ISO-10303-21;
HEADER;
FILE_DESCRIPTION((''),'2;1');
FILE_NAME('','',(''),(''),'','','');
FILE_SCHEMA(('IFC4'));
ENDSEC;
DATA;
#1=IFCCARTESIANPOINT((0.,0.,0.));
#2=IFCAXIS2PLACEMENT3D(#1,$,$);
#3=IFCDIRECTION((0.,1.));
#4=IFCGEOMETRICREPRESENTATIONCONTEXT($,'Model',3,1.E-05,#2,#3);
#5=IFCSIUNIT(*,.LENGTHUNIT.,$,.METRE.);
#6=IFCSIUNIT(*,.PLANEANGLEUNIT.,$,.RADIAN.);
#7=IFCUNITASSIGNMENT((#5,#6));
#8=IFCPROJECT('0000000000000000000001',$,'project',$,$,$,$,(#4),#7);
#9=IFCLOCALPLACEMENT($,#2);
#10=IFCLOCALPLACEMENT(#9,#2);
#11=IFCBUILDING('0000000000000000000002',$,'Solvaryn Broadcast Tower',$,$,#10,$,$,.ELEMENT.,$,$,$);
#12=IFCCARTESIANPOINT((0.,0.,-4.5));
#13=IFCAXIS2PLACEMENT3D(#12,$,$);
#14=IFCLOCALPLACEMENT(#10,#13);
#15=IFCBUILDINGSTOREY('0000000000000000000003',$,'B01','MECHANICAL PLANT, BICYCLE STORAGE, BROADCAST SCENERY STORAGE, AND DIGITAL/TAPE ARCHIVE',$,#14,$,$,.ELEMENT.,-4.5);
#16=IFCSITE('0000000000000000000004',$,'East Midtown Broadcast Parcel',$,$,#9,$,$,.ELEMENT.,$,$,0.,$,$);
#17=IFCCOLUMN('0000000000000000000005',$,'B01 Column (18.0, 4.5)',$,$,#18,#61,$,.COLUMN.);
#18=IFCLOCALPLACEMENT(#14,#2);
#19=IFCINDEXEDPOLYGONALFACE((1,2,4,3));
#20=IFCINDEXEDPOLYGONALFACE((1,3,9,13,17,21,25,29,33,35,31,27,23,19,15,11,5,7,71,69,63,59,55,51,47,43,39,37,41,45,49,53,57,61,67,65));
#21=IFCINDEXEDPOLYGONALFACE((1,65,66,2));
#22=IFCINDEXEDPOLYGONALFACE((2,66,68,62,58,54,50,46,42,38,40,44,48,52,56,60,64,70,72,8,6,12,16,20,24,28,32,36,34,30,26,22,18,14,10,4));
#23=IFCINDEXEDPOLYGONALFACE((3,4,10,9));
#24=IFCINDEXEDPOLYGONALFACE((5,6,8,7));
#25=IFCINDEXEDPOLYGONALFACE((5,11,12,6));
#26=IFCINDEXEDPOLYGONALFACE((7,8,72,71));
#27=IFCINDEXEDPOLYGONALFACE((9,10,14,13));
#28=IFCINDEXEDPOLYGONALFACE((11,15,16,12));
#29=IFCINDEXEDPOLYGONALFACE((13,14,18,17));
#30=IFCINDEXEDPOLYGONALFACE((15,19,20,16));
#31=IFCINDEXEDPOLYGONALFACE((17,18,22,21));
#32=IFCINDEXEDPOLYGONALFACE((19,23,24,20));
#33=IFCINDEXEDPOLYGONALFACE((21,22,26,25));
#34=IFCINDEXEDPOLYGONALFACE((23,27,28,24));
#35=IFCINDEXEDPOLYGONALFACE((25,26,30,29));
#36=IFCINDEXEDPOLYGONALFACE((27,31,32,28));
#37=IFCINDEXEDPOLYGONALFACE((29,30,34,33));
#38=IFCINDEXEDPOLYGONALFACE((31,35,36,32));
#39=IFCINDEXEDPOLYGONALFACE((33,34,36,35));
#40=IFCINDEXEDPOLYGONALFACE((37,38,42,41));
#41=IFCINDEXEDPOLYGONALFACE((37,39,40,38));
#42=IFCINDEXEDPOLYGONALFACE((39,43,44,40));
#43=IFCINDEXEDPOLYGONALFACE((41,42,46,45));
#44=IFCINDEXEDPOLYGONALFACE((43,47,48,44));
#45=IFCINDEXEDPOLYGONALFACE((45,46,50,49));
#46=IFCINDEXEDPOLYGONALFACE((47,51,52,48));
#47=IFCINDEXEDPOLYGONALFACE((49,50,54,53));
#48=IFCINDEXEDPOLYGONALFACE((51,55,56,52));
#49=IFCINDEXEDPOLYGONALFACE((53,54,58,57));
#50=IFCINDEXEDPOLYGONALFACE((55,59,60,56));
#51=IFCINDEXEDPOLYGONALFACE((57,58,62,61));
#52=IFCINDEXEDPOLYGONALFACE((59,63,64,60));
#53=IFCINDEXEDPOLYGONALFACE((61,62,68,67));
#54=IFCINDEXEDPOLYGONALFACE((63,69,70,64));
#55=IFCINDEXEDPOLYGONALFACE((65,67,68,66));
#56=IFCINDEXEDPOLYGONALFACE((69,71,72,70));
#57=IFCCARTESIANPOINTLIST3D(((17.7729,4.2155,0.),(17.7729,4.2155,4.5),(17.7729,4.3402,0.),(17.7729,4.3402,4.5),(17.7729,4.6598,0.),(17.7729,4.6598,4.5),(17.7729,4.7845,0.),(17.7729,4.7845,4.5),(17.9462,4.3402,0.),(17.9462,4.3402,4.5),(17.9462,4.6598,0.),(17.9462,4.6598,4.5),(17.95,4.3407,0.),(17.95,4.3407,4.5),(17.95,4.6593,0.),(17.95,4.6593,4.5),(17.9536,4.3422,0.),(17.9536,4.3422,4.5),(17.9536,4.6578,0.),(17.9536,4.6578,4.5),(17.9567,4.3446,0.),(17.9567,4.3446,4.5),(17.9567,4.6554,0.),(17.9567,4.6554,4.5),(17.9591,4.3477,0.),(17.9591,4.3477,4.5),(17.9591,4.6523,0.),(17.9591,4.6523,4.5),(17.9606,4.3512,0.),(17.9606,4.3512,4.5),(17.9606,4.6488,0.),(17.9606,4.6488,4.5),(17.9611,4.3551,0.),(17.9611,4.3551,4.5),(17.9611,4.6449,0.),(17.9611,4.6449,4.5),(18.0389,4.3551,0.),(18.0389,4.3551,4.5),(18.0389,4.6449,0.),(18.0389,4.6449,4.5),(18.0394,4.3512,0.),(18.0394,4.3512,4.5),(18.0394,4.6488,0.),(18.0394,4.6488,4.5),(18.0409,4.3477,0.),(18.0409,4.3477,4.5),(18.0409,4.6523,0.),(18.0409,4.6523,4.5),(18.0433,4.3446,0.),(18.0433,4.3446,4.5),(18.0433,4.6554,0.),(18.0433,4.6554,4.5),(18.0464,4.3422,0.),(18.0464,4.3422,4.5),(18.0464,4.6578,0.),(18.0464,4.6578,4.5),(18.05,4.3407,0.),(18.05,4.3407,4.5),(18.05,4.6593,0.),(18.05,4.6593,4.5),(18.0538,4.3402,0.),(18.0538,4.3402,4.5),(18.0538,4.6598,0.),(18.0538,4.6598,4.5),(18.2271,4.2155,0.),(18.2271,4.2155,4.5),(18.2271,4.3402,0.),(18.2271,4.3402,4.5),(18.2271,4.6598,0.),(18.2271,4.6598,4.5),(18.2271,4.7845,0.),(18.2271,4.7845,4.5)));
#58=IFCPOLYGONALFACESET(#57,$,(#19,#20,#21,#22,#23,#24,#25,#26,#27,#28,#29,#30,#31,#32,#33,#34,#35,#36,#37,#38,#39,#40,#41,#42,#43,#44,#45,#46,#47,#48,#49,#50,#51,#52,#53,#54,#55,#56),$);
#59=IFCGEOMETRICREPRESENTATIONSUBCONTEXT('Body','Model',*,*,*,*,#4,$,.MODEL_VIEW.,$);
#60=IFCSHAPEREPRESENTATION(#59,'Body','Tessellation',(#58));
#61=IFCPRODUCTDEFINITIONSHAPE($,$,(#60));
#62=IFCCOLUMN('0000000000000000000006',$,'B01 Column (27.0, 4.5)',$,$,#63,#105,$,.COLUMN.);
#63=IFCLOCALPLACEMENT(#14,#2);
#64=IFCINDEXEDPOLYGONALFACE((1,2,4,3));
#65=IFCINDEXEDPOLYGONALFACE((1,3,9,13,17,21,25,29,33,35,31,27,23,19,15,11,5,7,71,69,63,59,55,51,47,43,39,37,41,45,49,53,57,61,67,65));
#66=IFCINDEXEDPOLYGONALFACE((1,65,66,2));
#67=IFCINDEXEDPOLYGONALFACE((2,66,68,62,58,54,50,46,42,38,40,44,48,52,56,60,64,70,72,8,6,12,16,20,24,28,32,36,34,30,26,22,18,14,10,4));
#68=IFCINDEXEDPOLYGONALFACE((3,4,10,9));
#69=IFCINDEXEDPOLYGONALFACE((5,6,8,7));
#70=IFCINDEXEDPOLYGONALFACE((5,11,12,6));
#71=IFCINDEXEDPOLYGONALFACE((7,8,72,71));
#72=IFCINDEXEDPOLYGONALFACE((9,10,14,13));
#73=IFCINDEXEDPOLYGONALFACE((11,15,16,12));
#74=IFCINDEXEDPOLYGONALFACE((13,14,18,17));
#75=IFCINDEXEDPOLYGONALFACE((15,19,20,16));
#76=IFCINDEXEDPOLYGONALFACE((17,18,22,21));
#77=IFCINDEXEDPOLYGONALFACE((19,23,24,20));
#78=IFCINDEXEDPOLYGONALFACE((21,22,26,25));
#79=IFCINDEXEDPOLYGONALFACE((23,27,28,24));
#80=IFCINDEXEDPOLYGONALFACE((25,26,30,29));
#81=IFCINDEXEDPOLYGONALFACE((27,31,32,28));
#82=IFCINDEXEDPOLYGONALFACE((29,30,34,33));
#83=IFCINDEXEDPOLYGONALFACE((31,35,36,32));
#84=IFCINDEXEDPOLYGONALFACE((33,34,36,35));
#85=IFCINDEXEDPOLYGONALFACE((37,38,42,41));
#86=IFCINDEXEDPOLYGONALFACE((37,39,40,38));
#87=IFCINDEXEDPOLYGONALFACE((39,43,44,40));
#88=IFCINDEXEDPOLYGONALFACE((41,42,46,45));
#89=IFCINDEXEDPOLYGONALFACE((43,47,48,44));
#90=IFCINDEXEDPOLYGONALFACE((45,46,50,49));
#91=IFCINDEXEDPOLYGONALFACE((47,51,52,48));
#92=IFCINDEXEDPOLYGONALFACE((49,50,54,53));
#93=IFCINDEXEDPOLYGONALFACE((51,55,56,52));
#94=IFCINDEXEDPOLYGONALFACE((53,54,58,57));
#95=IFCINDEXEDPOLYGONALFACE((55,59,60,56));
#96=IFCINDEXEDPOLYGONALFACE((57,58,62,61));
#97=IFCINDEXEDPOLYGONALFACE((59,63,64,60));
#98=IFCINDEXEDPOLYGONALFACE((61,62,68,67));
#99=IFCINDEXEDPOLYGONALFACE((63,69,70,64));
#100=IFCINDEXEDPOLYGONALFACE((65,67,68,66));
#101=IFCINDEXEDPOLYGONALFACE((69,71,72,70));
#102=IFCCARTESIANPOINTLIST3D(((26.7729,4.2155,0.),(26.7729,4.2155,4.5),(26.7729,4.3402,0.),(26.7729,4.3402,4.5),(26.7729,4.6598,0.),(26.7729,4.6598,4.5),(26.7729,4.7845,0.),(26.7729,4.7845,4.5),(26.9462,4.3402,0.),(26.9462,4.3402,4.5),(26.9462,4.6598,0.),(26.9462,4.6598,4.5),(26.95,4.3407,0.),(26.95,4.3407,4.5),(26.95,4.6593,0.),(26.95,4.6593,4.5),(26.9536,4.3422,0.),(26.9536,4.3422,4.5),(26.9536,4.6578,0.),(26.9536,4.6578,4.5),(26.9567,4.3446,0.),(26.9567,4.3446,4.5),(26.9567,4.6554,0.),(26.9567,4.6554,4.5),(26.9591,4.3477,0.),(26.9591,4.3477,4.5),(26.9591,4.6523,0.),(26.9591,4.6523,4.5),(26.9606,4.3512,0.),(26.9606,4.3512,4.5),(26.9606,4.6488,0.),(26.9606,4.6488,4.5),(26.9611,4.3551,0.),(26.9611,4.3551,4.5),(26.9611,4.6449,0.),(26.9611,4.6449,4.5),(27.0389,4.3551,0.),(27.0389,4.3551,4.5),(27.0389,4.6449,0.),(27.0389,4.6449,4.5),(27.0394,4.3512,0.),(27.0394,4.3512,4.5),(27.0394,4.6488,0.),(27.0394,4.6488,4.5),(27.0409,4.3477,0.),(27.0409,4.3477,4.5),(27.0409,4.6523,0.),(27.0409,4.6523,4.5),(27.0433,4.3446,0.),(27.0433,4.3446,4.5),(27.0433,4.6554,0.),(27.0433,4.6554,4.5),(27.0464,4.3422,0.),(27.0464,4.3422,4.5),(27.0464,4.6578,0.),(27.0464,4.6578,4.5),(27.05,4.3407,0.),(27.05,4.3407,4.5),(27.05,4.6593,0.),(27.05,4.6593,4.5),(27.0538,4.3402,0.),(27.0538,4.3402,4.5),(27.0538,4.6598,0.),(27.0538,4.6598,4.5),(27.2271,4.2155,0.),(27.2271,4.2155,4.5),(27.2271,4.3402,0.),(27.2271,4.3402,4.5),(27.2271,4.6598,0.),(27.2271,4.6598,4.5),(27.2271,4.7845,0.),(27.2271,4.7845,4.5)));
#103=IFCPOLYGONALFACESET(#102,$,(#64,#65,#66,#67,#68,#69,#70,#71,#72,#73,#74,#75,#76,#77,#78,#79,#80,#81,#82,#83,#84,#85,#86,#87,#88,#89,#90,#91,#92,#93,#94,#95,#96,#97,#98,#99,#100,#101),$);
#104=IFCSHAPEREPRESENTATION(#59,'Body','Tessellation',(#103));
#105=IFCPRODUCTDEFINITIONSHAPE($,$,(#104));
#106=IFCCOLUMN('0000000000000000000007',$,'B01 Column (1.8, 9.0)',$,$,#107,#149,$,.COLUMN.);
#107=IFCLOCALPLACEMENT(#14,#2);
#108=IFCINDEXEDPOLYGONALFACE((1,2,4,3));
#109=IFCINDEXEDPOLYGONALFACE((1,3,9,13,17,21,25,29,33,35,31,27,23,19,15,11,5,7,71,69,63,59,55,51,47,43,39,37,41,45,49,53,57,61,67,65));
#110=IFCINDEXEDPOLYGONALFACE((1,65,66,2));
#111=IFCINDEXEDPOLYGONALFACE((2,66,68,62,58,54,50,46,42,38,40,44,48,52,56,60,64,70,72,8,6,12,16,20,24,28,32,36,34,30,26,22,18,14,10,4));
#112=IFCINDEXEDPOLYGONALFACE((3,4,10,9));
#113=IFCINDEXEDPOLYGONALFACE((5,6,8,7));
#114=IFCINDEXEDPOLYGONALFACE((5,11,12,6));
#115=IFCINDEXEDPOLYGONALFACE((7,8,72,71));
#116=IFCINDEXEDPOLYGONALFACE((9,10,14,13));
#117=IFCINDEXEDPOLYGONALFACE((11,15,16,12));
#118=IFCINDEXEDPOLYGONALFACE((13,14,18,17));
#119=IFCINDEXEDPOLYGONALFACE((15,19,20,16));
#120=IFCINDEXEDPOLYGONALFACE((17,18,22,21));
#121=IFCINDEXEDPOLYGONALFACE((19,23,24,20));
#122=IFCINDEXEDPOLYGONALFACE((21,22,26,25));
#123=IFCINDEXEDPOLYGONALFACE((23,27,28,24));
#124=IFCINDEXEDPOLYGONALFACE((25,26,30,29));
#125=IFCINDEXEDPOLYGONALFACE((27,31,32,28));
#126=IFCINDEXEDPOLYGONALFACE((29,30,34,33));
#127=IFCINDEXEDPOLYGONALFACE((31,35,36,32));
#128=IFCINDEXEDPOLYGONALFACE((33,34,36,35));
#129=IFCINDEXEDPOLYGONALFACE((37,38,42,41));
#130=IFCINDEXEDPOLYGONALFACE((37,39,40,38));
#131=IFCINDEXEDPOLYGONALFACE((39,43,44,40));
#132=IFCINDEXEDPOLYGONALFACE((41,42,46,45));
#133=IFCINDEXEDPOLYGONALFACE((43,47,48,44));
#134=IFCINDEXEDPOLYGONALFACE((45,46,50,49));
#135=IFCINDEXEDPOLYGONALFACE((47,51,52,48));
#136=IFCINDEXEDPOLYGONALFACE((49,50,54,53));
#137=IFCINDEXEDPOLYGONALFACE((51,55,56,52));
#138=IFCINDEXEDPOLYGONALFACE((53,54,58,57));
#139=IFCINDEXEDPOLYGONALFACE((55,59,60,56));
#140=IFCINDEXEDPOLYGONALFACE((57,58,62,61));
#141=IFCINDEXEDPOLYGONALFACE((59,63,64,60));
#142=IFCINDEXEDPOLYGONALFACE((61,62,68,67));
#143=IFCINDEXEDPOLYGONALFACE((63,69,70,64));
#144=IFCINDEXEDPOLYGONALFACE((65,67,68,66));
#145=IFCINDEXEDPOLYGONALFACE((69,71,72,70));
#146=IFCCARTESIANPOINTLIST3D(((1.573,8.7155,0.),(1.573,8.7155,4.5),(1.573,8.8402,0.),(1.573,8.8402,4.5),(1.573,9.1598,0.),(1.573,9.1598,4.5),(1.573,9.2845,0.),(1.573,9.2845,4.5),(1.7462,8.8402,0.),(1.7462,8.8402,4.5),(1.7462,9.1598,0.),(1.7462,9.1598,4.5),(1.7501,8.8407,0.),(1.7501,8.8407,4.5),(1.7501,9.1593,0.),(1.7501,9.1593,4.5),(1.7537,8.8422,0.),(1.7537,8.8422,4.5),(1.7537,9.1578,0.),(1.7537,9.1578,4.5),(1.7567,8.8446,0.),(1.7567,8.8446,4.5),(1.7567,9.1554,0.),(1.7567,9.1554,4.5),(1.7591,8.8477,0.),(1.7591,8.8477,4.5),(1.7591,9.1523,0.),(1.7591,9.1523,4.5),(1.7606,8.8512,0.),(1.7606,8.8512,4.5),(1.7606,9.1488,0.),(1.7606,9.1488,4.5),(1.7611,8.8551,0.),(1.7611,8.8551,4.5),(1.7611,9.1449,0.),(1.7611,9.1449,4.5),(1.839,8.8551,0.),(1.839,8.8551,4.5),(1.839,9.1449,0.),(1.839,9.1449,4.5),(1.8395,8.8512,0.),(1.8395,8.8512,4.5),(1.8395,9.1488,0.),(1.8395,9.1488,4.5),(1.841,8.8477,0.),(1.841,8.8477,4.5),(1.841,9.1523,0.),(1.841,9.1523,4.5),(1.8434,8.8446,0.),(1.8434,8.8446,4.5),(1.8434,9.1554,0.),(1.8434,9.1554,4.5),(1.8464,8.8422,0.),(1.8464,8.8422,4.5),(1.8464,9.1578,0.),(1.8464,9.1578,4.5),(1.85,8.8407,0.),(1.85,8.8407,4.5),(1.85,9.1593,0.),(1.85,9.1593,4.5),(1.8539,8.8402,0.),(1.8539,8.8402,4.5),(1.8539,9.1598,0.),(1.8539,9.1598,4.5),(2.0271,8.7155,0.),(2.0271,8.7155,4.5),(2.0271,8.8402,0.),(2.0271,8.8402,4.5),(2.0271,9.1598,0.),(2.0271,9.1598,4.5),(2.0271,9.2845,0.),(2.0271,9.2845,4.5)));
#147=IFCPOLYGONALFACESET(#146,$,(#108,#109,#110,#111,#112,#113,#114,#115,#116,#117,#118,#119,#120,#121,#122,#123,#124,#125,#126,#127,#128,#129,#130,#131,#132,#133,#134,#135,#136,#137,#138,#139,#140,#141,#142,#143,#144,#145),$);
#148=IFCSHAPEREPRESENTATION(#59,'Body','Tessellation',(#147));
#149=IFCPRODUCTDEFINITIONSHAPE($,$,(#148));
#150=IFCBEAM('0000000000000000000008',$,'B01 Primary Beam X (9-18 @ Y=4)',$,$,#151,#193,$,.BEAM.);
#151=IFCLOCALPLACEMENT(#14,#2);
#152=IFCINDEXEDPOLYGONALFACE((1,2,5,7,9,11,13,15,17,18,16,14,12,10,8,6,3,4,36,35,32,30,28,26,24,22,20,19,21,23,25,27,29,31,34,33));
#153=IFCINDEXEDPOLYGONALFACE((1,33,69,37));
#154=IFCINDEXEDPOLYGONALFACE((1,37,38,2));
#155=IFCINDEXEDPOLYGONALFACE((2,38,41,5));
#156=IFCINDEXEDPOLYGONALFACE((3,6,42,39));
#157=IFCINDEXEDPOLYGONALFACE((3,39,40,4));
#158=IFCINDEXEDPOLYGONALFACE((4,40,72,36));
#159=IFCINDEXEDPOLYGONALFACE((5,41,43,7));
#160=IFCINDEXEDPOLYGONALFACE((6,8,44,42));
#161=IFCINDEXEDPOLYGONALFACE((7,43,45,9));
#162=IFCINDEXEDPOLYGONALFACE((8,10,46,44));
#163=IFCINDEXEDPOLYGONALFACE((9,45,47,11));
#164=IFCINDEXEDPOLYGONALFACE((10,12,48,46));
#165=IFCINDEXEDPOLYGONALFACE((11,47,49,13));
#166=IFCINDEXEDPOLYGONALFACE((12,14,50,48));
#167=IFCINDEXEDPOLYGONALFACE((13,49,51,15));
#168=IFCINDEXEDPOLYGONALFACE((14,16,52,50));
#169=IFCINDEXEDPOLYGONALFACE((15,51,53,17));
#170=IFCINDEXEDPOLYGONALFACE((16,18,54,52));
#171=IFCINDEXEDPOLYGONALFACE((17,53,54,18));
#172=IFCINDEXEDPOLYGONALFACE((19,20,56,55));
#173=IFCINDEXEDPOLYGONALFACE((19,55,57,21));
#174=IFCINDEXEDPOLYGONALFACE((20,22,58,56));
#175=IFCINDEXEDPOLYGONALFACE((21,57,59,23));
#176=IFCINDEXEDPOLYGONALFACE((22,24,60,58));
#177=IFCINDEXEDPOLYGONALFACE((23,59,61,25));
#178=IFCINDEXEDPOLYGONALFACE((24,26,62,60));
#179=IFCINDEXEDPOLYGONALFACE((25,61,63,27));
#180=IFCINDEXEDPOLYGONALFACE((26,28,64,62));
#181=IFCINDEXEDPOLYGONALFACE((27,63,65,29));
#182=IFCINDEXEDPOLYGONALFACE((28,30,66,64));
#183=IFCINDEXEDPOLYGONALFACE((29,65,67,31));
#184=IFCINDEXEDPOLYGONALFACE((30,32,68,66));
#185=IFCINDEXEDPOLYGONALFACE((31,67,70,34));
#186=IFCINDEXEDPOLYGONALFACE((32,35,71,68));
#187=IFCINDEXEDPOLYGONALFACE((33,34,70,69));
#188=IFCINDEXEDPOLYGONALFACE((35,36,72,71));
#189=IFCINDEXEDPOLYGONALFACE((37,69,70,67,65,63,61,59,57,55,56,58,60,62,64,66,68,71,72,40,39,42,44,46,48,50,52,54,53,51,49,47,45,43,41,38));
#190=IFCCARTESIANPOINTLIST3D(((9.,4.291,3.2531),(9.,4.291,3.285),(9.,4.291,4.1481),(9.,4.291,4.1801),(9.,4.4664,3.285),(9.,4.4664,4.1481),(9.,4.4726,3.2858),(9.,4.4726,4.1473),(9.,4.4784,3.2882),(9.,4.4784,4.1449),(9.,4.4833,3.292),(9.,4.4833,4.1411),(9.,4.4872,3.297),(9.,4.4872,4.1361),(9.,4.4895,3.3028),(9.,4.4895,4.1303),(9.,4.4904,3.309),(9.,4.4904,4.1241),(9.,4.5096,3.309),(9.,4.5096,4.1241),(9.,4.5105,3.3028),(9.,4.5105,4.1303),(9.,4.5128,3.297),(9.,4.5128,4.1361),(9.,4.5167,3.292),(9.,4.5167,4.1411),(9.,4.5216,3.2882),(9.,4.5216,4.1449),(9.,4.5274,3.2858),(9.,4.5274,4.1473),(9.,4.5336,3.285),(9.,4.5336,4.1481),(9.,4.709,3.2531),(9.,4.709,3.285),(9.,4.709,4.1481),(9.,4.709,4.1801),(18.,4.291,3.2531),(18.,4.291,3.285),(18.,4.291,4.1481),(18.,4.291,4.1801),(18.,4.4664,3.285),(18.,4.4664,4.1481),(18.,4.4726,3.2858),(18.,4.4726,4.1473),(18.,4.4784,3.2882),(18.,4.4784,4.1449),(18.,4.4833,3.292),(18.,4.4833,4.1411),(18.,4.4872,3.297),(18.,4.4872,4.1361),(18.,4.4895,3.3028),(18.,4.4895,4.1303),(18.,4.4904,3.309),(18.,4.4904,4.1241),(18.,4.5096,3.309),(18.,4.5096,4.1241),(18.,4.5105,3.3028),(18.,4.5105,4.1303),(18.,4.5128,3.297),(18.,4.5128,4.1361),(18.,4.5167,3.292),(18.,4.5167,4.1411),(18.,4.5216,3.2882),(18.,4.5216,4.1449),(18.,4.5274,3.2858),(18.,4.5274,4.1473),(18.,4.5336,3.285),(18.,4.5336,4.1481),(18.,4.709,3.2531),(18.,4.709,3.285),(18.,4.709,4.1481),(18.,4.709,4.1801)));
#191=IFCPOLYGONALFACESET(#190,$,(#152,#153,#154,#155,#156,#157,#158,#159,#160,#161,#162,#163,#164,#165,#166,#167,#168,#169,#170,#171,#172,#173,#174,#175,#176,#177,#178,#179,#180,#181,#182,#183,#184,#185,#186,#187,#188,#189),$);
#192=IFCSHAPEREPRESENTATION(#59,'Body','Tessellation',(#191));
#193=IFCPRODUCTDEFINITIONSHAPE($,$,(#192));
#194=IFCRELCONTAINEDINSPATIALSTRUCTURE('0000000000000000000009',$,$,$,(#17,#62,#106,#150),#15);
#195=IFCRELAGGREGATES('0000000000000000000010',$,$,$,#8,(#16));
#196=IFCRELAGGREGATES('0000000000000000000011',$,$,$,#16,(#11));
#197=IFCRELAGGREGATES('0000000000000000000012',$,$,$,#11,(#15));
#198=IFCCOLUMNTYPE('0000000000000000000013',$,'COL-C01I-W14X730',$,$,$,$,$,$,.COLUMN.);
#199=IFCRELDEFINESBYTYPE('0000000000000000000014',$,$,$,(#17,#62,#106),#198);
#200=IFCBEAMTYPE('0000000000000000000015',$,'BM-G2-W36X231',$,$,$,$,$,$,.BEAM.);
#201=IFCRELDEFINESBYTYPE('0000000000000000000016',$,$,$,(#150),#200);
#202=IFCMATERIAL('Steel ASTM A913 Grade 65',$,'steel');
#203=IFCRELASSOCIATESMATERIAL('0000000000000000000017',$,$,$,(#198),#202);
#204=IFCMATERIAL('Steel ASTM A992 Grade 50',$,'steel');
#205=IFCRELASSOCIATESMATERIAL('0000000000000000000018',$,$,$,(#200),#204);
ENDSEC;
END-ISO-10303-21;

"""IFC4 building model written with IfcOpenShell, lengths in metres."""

from ifc_helpers import new_model, si_unit, direction, frame, origin, origin_2d, place, context, subcontext, project, spatial, i_section, extrude, material, material_profile, profile_set, type_object, element, save


model = new_model("IFC4")

# Units and contexts
model_context = context("Model", 3, precision=1e-05, world=origin(), true_north=direction((0.0, 1.0)))
body_context = subcontext(model_context, "Body", "Model", "MODEL_VIEW")
ifc_project = project(units=[si_unit("LENGTHUNIT", "METRE"), si_unit("PLANEANGLEUNIT", "RADIAN")], contexts=[model_context])

# Site, building, storey
site_placement = place(None, origin())
site = spatial("IfcSite", under=ifc_project, at=site_placement, Name="East Midtown Broadcast Parcel", CompositionType="ELEMENT", RefElevation=0.0)
building_placement = place(site_placement, origin())
building = spatial("IfcBuilding", under=site, at=building_placement, Name="Solvaryn Broadcast Tower", CompositionType="ELEMENT")
storey_placement = place(building_placement, frame((0.0, 0.0, -4.5)))
storey = spatial("IfcBuildingStorey", under=building, at=storey_placement, Name="B01", Description="MECHANICAL PLANT, BICYCLE STORAGE, BROADCAST SCENERY STORAGE, AND DIGITAL/TAPE ARCHIVE", CompositionType="ELEMENT", Elevation=-4.5)

# Columns
ifc_material_1 = material(Name="Steel ASTM A913 Grade 65", Category="steel")
ifc_material_profile_1 = material_profile(ifc_material_1, i_section(OverallWidth=0.4541, OverallDepth=0.5691, WebThickness=0.0779, FlangeThickness=0.1248, FilletRadius=0.0149, at=origin_2d()))
ifc_profile_set_1 = profile_set([ifc_material_profile_1], Name="Steel ASTM A913 Grade 65")
column_type_1 = type_object("IfcColumnType", Name="COL-C01I-W14X730", PredefinedType="COLUMN", material=ifc_profile_set_1)
for number, where, z_axis, x_axis, name in (
    (1, (18.0, 4.5, 0.0), (0.0, 0.0, 1.0), (1.0, 0.0, 0.0), "B01 Column (18.0, 4.5)"),
    (2, (27.0, 4.5, 0.0), (0.0, 0.0, 1.0), (1.0, 0.0, 0.0), "B01 Column (27.0, 4.5)"),
    (3, (1.8, 9.0, 0.0), (0.0, 0.0, 1.0), (1.0, 0.0, 0.0), "B01 Column (1.8, 9.0)"),
):
    element("IfcColumn", number, at=place(storey_placement, frame(where, z_axis=z_axis, x_axis=x_axis)), inside=storey, type_object=column_type_1, Name=name, PredefinedType="COLUMN", context=body_context, shape_type="SweptSolid", body=[
        extrude(i_section(OverallWidth=0.4541, OverallDepth=0.5691, WebThickness=0.0779, FlangeThickness=0.1248, FilletRadius=0.0149, at=origin_2d()), origin(), (0.0, 0.0, 1.0), 4.5),
    ])

# Beam
ifc_material_2 = material(Name="Steel ASTM A992 Grade 50", Category="steel")
ifc_material_profile_2 = material_profile(ifc_material_2, i_section(OverallWidth=0.418, OverallDepth=0.927, WebThickness=0.0193, FlangeThickness=0.032, FilletRadius=0.0239, at=origin_2d()))
ifc_profile_set_2 = profile_set([ifc_material_profile_2], Name="Steel ASTM A992 Grade 50")
beam_type_1 = type_object("IfcBeamType", Name="BM-G2-W36X231", PredefinedType="BEAM", material=ifc_profile_set_2)
for number, where, z_axis, x_axis, name in (
    (4, (9.0, 4.5, 3.7166), (1.0, 0.0, 0.0), (0.0, 1.0, 0.0), "B01 Primary Beam X (9-18 @ Y=4)"),
):
    element("IfcBeam", number, at=place(storey_placement, frame(where, z_axis=z_axis, x_axis=x_axis)), inside=storey, type_object=beam_type_1, Name=name, PredefinedType="BEAM", context=body_context, shape_type="SweptSolid", body=[
        extrude(i_section(OverallWidth=0.418, OverallDepth=0.927, WebThickness=0.0193, FlangeThickness=0.032, FilletRadius=0.0239, at=origin_2d()), origin(), (0.0, 0.0, 1.0), 9.0),
    ])

save(model, "model.ifc")
